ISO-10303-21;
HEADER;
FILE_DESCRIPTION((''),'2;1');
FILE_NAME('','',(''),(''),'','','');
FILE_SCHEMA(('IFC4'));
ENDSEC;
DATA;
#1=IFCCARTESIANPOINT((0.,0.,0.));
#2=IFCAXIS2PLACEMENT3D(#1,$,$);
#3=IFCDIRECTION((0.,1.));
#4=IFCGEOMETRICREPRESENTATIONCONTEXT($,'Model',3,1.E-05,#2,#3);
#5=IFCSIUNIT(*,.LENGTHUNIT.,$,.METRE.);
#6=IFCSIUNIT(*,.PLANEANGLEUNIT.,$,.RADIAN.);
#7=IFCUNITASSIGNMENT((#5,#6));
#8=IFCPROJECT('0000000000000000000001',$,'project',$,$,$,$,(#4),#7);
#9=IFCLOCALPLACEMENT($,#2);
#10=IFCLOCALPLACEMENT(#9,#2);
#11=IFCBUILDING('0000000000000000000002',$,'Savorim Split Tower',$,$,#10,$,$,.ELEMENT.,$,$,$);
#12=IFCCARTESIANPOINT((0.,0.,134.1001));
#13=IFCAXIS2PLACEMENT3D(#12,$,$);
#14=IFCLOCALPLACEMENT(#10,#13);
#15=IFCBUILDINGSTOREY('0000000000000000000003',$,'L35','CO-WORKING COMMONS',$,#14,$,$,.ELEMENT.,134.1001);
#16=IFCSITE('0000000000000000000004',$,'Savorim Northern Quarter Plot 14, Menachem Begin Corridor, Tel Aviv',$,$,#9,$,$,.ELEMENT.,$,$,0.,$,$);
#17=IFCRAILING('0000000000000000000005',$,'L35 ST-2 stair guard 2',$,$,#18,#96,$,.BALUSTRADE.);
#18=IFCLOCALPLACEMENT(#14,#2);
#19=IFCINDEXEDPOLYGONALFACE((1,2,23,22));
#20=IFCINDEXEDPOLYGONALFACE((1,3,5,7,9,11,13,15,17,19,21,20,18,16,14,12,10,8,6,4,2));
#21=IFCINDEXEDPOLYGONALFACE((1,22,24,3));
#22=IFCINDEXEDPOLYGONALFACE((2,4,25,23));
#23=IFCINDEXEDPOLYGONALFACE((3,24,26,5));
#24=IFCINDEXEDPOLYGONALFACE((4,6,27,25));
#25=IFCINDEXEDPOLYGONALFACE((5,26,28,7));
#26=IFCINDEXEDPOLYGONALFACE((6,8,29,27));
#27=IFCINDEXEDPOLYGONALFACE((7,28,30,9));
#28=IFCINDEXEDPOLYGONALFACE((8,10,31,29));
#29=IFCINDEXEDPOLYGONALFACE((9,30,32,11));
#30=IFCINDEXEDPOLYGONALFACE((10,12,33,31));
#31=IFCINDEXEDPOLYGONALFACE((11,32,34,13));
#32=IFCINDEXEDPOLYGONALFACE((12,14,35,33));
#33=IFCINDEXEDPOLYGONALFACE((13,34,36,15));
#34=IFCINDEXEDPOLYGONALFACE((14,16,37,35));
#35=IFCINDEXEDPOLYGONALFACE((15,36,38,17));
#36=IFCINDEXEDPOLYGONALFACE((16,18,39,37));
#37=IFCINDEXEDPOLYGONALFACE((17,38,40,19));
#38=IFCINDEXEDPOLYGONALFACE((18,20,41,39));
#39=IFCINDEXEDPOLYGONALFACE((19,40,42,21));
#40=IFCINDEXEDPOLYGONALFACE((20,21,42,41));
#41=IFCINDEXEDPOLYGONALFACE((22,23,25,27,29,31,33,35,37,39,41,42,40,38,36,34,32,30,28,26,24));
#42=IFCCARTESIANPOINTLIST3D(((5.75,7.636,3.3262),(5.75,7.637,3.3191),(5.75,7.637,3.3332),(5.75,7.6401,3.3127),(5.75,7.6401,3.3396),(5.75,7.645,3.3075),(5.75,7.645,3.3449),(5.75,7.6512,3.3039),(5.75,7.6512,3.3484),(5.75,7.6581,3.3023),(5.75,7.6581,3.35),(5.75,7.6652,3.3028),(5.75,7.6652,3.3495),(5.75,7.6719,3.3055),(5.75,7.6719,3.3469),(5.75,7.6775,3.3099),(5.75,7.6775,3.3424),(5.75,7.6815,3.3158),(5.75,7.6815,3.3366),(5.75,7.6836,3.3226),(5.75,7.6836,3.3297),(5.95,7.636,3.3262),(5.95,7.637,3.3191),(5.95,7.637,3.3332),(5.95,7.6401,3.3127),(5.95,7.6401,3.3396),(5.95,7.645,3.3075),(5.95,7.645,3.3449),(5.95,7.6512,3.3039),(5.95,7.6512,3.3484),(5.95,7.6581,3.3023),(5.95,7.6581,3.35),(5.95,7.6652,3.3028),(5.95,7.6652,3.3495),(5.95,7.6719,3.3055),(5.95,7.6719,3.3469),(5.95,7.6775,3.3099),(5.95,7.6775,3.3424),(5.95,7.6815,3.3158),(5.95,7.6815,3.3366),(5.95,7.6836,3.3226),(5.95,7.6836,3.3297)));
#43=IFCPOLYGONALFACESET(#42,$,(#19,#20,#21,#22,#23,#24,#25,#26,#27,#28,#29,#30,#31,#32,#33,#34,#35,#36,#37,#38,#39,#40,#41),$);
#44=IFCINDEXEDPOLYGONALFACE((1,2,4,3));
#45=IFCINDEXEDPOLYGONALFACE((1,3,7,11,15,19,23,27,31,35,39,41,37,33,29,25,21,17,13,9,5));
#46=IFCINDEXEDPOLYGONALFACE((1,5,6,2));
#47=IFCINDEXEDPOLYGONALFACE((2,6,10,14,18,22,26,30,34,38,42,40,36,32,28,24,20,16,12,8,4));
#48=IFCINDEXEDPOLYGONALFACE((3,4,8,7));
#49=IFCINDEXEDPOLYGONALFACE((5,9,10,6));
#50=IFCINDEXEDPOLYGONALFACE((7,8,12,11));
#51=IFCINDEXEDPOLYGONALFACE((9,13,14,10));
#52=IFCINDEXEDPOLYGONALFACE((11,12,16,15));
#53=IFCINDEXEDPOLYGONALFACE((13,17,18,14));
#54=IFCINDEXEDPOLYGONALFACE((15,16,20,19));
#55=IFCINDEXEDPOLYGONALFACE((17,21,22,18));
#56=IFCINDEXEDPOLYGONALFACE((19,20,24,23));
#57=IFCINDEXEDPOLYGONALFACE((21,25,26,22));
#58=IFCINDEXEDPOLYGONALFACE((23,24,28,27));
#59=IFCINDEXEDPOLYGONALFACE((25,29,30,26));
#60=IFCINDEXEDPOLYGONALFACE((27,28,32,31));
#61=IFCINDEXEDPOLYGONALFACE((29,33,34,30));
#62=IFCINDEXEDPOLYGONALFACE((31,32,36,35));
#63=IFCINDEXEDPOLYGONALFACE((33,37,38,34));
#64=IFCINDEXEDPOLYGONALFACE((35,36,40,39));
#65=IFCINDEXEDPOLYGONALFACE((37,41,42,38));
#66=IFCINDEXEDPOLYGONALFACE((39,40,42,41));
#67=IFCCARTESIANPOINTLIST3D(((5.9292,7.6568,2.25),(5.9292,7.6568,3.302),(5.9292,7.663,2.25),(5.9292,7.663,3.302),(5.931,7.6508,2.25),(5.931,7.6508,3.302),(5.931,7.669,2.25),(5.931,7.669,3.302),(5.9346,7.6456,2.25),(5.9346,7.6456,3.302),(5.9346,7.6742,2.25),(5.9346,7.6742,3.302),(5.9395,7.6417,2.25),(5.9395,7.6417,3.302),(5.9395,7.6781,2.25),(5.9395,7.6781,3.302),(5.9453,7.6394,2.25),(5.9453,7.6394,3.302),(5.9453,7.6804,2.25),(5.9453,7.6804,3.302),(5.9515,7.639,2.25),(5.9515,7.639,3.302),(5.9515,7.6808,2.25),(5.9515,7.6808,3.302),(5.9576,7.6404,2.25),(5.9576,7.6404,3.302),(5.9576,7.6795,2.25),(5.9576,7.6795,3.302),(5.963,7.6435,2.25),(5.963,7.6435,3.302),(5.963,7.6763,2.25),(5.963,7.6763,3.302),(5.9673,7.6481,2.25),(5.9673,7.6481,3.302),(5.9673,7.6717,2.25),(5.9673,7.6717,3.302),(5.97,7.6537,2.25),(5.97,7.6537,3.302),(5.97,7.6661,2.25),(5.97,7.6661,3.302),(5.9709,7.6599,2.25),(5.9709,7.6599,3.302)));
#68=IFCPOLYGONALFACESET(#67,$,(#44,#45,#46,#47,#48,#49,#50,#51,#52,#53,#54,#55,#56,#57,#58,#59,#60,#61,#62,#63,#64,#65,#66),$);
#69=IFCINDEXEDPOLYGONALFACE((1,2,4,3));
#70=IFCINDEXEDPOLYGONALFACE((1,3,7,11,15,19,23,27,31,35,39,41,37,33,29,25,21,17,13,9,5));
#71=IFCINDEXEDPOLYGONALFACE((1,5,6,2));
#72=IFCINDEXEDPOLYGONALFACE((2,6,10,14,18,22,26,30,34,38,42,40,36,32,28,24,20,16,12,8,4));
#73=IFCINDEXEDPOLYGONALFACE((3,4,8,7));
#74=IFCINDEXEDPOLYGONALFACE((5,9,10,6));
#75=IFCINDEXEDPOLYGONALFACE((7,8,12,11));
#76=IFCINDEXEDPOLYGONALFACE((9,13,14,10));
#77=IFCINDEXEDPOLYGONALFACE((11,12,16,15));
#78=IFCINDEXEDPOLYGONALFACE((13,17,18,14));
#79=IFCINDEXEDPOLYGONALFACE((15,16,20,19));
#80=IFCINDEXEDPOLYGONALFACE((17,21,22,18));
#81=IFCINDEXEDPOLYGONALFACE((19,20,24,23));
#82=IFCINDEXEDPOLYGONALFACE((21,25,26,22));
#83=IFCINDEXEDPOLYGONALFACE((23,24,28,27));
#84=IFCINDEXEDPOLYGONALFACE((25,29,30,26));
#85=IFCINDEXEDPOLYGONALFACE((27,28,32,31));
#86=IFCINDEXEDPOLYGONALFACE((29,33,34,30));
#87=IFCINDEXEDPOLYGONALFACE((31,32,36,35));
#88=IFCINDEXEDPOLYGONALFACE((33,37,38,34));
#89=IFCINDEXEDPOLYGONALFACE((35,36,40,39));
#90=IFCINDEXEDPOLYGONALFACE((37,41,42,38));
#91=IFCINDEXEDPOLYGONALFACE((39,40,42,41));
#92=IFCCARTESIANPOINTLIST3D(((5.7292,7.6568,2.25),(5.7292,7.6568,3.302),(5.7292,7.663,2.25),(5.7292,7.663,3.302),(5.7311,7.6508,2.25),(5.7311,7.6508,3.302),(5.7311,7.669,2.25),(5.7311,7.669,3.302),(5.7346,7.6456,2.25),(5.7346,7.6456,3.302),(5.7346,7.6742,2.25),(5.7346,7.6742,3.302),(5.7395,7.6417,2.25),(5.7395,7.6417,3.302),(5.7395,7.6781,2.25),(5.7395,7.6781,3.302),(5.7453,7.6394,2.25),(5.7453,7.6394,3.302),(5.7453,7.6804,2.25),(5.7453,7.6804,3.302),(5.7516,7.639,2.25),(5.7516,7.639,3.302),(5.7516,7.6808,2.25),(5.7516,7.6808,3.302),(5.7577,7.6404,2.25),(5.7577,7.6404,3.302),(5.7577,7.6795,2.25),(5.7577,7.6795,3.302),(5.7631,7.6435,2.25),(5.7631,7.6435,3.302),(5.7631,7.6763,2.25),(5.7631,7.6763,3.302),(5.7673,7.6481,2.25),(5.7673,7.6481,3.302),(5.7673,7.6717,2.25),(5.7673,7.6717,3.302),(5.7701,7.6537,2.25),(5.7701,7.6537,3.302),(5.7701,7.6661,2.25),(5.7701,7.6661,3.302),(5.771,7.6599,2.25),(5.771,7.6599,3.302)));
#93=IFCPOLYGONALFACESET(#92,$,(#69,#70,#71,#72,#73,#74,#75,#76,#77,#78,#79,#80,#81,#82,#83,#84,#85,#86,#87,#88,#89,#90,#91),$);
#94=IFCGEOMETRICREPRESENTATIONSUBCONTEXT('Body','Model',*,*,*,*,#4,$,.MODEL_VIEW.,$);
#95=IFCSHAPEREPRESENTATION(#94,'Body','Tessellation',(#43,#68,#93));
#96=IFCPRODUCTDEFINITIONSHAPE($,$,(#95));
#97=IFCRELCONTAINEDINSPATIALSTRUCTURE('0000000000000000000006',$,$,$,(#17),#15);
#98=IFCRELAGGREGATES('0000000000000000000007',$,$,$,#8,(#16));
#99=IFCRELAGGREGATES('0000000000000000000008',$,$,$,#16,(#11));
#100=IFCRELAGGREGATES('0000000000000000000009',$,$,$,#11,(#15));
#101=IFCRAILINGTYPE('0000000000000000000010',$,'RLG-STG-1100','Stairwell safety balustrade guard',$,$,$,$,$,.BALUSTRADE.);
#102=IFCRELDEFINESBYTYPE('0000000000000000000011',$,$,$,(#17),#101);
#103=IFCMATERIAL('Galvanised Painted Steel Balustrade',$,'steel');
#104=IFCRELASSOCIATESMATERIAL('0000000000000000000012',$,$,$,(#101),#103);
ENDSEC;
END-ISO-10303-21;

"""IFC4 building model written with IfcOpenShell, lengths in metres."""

from ifc_helpers import new_model, si_unit, direction, frame, origin, origin_2d, place, context, subcontext, project, spatial, circle, extrude, material, type_object, element, save


model = new_model("IFC4")

# Units and contexts
model_context = context("Model", 3, precision=1e-05, world=origin(), true_north=direction((0.0, 1.0)))
body_context = subcontext(model_context, "Body", "Model", "MODEL_VIEW")
ifc_project = project(units=[si_unit("LENGTHUNIT", "METRE"), si_unit("PLANEANGLEUNIT", "RADIAN")], contexts=[model_context])

# Site, building, storey
site_placement = place(None, origin())
site = spatial("IfcSite", under=ifc_project, at=site_placement, Name="Savorim Northern Quarter Plot 14, Menachem Begin Corridor, Tel Aviv", CompositionType="ELEMENT", RefElevation=0.0)
building_placement = place(site_placement, origin())
building = spatial("IfcBuilding", under=site, at=building_placement, Name="Savorim Split Tower", CompositionType="ELEMENT")
storey_placement = place(building_placement, frame((0.0, 0.0, 134.1001)))
storey = spatial("IfcBuildingStorey", under=building, at=storey_placement, Name="L35", Description="CO-WORKING COMMONS", CompositionType="ELEMENT", Elevation=134.1001)

# Railing
ifc_material_1 = material(Name="Galvanised Painted Steel Balustrade", Category="steel")
railing_type_1 = type_object("IfcRailingType", Name="RLG-STG-1100", Description="Stairwell safety balustrade guard", PredefinedType="BALUSTRADE", material=ifc_material_1)
railing_1_placement = place(storey_placement, frame((5.95, 7.6599, 2.25)))
element("IfcRailing", 1, at=railing_1_placement, inside=storey, type_object=railing_type_1, Name="L35 ST-2 stair guard 2", PredefinedType="BALUSTRADE", context=body_context, shape_type="SweptSolid", body=[
    extrude(circle(Radius=0.0239, at=origin_2d()), frame((0.0, 0.0, 1.0762), z_axis=(-1.0, 0.0, 0.0), x_axis=(0.0, -1.0, 0.0)), (0.0, 0.0, 1.0), 0.2),
    extrude(circle(Radius=0.021, at=origin_2d()), origin(), (0.0, 0.0, 1.0), 1.052),
    extrude(circle(Radius=0.021, at=origin_2d()), frame((-0.2, 0.0, 0.0)), (0.0, 0.0, 1.0), 1.052),
])

save(model, "model.ifc")
